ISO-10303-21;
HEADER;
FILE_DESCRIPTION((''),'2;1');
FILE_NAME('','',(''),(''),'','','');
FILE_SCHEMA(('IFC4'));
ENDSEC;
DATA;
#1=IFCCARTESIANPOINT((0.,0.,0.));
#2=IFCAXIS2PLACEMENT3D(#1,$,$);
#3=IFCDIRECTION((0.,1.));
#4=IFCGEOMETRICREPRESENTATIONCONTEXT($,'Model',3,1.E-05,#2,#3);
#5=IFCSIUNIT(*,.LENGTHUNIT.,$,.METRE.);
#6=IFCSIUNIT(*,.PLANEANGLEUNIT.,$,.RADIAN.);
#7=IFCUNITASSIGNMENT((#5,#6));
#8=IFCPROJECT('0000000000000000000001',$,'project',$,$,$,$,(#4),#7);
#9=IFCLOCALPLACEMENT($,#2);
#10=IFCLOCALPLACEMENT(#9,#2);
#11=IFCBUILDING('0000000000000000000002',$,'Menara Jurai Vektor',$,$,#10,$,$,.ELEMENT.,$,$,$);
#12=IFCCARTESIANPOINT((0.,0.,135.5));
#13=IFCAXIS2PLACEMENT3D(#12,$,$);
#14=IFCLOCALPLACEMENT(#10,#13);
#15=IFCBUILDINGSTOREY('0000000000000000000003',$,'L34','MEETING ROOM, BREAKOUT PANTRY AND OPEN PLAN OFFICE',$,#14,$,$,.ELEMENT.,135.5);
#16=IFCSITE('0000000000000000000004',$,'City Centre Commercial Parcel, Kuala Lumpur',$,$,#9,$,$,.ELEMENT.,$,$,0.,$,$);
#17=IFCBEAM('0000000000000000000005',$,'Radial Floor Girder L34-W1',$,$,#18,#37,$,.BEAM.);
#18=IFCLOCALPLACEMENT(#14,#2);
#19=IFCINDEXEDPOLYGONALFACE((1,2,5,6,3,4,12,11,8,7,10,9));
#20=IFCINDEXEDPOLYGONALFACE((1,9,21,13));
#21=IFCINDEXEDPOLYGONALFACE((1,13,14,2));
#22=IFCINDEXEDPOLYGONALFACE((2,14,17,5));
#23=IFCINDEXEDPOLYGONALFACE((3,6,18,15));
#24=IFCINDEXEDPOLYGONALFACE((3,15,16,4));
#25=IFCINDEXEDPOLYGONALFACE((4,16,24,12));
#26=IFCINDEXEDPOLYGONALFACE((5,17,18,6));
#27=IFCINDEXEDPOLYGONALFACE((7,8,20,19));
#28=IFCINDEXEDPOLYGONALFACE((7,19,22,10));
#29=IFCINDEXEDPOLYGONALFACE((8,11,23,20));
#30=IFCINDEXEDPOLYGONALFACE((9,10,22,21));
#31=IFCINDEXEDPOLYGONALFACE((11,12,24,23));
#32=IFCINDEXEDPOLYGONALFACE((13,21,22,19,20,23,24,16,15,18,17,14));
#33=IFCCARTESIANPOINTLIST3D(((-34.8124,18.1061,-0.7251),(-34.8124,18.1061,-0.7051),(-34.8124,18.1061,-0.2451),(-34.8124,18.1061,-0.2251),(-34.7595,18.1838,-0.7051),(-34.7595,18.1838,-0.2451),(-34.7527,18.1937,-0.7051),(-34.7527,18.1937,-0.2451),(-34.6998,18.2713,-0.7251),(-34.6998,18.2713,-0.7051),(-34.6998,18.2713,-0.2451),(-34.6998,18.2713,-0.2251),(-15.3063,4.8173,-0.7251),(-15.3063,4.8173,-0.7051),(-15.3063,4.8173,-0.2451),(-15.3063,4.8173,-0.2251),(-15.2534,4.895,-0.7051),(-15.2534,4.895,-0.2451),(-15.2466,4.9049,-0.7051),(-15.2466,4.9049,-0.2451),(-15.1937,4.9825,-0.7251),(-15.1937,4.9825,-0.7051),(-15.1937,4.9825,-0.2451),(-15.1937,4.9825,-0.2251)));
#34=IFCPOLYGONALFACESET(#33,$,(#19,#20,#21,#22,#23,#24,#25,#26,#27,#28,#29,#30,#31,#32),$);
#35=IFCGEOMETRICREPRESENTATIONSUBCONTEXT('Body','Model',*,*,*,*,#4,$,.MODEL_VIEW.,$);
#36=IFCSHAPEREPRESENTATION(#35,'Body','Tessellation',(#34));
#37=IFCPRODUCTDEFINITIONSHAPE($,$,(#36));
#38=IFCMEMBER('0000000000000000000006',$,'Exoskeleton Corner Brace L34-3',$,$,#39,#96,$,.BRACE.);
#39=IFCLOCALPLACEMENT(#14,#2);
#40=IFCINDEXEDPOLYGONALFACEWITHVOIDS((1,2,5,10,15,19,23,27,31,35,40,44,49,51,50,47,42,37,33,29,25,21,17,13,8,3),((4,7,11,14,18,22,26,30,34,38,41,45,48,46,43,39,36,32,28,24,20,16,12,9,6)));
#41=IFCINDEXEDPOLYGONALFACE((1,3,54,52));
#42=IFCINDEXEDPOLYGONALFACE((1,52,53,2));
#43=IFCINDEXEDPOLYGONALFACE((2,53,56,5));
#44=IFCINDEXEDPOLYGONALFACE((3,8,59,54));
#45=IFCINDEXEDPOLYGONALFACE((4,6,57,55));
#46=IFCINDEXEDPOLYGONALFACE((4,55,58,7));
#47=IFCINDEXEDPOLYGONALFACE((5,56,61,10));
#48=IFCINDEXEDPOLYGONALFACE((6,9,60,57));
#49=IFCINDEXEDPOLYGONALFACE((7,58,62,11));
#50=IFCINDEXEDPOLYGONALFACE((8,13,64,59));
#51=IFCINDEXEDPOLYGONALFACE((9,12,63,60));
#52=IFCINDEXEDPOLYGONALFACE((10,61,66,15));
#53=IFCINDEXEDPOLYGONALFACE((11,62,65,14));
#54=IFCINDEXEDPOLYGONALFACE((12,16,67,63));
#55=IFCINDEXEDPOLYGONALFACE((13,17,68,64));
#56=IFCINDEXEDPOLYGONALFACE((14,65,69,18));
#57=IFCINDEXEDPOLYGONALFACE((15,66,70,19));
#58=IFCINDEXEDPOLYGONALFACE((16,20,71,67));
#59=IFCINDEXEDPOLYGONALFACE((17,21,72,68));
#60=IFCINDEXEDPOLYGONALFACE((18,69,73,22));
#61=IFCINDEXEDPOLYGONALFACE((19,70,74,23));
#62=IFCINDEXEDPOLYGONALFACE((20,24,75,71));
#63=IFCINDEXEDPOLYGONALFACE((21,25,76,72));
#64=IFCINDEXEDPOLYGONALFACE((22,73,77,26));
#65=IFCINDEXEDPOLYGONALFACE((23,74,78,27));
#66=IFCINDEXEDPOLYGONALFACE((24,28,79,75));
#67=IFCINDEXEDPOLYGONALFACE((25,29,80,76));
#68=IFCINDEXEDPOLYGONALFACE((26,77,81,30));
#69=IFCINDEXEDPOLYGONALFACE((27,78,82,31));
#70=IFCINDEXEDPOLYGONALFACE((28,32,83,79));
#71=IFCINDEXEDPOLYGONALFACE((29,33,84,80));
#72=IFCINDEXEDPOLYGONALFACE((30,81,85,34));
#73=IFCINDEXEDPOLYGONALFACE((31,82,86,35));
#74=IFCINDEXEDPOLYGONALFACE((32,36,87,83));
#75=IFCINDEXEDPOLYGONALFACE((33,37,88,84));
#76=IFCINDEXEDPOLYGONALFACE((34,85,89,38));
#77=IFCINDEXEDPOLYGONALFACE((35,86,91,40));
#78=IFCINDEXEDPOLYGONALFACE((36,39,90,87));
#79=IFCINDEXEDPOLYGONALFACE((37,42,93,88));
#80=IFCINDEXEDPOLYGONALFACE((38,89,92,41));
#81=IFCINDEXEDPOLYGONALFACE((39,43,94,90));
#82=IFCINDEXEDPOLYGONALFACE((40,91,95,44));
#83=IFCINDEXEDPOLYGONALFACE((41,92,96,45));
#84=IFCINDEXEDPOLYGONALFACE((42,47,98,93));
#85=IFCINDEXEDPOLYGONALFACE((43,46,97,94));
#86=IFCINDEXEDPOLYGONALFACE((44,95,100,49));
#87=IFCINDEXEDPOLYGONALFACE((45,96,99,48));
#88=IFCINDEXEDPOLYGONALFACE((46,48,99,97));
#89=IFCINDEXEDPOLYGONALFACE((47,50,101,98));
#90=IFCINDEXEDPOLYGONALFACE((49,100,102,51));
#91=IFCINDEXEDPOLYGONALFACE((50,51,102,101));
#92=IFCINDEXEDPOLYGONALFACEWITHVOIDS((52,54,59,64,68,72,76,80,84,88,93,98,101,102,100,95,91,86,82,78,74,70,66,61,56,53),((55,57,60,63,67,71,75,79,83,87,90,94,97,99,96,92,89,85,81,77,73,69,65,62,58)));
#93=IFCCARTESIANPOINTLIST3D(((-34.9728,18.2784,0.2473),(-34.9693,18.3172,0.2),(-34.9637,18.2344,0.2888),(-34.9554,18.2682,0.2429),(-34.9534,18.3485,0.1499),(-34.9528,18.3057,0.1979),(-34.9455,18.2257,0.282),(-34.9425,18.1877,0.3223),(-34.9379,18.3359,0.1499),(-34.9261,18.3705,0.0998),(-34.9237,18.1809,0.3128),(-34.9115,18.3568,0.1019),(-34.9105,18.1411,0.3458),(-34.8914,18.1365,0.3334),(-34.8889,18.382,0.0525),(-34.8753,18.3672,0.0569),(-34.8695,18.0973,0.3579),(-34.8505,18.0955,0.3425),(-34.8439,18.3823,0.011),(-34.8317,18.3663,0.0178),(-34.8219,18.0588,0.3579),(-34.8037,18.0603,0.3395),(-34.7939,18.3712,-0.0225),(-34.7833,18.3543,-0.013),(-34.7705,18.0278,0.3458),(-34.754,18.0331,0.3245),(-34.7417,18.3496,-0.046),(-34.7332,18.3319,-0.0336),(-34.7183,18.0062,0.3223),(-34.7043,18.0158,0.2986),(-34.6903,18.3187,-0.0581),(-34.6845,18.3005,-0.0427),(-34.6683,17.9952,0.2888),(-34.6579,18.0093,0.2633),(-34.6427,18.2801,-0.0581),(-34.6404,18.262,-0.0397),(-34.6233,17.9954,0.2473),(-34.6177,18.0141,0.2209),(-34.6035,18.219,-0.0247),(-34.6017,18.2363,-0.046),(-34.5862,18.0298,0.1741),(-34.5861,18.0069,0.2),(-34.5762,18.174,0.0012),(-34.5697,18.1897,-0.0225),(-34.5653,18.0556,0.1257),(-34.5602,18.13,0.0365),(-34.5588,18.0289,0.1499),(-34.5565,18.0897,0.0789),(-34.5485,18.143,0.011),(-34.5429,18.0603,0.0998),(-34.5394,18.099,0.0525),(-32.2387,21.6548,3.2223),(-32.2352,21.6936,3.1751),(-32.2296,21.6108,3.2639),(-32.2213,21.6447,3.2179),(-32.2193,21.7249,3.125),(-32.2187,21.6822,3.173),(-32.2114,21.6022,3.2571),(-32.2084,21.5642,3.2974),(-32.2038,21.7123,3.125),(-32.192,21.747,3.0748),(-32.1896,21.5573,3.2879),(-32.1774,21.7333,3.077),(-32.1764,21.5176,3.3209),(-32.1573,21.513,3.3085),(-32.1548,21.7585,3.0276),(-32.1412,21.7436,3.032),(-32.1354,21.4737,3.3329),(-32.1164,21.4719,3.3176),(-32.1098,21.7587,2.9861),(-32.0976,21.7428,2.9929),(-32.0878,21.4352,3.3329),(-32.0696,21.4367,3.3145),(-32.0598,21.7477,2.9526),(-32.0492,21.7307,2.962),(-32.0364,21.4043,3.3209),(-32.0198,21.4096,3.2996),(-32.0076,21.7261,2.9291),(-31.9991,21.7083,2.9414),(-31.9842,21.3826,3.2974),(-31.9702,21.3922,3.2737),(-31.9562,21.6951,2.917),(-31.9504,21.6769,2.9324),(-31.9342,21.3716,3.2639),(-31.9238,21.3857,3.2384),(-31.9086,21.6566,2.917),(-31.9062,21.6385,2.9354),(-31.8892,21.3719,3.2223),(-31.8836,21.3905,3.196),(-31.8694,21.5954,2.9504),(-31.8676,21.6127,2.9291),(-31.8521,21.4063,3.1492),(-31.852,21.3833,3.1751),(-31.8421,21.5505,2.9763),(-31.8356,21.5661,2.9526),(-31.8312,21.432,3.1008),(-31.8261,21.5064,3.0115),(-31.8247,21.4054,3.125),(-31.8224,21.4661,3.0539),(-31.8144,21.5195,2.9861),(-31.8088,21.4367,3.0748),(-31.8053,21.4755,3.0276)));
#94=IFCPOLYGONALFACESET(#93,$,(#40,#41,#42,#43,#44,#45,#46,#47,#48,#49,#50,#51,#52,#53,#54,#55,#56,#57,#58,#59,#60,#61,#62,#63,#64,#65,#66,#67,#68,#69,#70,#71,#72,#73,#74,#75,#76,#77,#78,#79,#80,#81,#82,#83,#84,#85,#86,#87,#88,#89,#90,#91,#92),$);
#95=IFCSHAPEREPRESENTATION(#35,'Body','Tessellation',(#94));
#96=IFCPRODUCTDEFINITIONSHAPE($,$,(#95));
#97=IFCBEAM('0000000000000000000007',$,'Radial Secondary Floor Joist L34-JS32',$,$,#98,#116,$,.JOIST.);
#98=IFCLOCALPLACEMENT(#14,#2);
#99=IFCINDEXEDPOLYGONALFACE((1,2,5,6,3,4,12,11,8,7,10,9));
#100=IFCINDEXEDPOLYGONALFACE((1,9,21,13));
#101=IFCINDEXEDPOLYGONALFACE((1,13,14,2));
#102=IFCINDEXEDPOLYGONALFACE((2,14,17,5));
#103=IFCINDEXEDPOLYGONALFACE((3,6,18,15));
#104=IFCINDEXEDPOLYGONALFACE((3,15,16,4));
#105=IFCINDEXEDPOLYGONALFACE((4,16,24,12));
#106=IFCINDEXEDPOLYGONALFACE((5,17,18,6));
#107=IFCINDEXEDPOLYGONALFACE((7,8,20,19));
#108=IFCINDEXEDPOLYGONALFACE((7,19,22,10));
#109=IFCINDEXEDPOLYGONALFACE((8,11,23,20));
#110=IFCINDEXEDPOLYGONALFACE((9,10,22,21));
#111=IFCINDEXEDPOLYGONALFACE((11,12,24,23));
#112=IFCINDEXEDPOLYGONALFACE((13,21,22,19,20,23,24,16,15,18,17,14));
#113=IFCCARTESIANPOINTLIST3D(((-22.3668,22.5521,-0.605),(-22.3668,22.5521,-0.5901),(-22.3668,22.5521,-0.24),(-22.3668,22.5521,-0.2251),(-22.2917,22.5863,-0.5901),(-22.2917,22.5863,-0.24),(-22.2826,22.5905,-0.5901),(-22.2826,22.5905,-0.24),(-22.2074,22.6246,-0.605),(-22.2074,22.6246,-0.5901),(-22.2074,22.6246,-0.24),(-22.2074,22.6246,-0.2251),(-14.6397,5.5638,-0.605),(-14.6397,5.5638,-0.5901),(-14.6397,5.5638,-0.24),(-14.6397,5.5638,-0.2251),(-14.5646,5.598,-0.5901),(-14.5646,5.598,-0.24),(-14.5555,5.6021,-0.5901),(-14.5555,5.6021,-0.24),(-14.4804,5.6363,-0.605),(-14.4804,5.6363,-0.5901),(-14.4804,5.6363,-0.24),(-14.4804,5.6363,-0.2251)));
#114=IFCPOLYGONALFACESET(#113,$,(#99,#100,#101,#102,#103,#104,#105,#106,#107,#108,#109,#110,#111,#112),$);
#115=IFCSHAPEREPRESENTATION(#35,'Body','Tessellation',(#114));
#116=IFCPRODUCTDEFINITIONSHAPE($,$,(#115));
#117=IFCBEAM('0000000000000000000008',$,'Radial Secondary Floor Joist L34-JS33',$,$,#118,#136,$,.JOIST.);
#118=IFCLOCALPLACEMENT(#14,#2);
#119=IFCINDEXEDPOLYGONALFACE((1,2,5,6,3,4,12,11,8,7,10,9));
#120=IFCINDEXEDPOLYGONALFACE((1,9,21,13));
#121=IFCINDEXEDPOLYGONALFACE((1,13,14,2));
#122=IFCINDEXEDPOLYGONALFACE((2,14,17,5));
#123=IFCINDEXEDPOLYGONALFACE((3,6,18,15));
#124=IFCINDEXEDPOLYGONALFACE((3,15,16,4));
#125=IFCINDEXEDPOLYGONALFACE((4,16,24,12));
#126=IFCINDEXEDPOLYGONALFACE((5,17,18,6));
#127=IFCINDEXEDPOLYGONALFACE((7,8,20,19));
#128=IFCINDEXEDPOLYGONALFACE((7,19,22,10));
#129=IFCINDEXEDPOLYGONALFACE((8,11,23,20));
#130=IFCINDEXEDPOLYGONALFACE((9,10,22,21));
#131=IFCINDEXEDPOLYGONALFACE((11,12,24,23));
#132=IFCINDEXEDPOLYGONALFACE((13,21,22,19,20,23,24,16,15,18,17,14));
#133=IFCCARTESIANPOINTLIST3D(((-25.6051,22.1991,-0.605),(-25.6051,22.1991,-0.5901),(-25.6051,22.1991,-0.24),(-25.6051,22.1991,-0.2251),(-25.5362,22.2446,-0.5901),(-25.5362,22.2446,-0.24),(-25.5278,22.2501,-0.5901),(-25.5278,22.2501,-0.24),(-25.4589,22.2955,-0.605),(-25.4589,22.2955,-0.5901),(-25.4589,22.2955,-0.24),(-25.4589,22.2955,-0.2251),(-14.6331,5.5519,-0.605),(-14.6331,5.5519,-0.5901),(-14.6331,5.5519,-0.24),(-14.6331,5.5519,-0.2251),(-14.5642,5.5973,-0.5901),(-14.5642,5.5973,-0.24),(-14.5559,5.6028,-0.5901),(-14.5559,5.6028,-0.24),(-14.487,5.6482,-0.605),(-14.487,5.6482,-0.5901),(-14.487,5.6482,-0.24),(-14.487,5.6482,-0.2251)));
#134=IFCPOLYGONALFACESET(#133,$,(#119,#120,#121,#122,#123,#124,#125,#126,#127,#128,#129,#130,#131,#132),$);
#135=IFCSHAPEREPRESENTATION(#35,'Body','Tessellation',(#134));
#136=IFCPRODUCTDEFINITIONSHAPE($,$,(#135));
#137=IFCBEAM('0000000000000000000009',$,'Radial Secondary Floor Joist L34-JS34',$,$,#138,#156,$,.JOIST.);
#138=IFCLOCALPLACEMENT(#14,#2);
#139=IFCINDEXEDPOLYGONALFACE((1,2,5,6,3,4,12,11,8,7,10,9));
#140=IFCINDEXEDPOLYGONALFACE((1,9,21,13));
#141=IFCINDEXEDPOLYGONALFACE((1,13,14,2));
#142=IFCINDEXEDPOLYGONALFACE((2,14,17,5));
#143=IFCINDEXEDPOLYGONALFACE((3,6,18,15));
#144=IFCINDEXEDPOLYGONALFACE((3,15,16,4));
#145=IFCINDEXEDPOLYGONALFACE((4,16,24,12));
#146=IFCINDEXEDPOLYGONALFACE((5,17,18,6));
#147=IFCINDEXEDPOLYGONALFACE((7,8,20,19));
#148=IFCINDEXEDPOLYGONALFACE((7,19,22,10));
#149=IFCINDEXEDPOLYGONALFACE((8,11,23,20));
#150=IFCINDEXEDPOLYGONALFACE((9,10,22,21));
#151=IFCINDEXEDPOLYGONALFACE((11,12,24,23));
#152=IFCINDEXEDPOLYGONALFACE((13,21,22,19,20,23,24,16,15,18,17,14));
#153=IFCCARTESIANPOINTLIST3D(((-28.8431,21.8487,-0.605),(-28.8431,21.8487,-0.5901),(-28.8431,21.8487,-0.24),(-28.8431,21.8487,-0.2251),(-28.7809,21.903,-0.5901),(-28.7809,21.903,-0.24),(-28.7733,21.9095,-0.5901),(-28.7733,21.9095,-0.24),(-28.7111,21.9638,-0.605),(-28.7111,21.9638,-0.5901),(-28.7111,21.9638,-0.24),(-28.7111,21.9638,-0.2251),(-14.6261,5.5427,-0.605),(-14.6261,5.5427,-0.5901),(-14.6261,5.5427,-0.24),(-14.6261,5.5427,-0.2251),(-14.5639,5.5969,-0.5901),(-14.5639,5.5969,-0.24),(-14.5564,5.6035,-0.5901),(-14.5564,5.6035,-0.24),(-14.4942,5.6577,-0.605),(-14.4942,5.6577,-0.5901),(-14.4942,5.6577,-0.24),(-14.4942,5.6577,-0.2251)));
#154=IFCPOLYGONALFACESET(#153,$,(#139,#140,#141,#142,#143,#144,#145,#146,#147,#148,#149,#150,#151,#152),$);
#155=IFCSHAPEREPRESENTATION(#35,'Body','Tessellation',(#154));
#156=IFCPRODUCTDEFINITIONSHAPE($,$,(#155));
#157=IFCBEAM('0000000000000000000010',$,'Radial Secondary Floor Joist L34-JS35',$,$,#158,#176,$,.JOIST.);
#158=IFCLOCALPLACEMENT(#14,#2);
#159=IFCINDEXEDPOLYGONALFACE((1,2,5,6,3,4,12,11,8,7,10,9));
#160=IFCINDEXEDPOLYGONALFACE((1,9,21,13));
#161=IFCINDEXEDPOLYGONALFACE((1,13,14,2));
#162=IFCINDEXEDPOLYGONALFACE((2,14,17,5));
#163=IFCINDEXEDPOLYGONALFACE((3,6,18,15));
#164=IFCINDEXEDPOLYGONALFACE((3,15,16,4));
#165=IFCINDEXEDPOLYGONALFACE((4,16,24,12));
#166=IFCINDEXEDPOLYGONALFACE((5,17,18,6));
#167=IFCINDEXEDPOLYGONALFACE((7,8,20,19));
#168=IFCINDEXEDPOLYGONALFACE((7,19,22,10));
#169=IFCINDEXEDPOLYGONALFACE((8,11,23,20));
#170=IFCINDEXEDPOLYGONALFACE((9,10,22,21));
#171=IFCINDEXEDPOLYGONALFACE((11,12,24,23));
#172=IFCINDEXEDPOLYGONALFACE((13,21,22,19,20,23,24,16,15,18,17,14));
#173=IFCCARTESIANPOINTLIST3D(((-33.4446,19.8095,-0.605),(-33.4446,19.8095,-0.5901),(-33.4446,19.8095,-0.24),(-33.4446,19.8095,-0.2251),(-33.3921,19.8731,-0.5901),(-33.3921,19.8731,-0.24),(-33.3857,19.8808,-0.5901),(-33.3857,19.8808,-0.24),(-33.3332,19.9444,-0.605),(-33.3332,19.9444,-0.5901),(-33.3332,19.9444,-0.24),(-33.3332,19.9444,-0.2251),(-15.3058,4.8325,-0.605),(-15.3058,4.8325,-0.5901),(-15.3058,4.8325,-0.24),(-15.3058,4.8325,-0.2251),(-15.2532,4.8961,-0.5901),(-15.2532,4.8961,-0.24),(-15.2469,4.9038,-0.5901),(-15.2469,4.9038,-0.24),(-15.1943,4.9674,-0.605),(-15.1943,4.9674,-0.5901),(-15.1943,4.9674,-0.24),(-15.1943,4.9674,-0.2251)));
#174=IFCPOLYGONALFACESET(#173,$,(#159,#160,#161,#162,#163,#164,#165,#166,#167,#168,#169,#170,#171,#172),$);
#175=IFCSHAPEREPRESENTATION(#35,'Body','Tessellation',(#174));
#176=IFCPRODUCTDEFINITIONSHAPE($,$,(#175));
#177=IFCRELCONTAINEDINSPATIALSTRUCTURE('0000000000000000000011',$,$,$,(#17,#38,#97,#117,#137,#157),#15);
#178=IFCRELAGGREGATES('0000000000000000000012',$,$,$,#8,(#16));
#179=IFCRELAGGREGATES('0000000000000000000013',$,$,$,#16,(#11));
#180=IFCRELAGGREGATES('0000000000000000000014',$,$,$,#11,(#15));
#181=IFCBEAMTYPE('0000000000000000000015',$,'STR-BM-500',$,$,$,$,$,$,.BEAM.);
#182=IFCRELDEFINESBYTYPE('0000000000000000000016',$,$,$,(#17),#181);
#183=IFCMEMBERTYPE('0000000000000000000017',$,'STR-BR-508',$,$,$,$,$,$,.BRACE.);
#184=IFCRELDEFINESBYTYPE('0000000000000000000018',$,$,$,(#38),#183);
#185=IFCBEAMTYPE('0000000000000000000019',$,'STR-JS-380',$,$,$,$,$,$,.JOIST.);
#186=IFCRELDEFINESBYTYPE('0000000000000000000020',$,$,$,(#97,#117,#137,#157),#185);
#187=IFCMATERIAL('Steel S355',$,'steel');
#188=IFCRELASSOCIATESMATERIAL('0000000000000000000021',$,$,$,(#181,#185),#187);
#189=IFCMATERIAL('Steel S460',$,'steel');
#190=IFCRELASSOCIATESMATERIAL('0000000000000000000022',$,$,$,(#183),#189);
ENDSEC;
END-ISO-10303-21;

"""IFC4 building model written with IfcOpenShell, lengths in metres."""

from ifc_helpers import new_model, si_unit, direction, frame, origin, origin_2d, place, context, subcontext, project, spatial, hollow_circle, i_section, extrude, material, material_profile, profile_set, type_object, element, save


model = new_model("IFC4")

# Units and contexts
model_context = context("Model", 3, precision=1e-05, world=origin(), true_north=direction((0.0, 1.0)))
body_context = subcontext(model_context, "Body", "Model", "MODEL_VIEW")
ifc_project = project(units=[si_unit("LENGTHUNIT", "METRE"), si_unit("PLANEANGLEUNIT", "RADIAN")], contexts=[model_context])

# Site, building, storey
site_placement = place(None, origin())
site = spatial("IfcSite", under=ifc_project, at=site_placement, Name="City Centre Commercial Parcel, Kuala Lumpur", CompositionType="ELEMENT", RefElevation=0.0)
building_placement = place(site_placement, origin())
building = spatial("IfcBuilding", under=site, at=building_placement, Name="Menara Jurai Vektor", CompositionType="ELEMENT")
storey_placement = place(building_placement, frame((0.0, 0.0, 135.5)))
storey = spatial("IfcBuildingStorey", under=building, at=storey_placement, Name="L34", Description="MEETING ROOM, BREAKOUT PANTRY AND OPEN PLAN OFFICE", CompositionType="ELEMENT", Elevation=135.5)

# Shared definitions
ifc_material_1 = material(Name="Steel S460", Category="steel")

# Beam
ifc_material_2 = material(Name="Steel S355", Category="steel")
ifc_material_profile_1 = material_profile(ifc_material_2, i_section(OverallWidth=0.2, OverallDepth=0.5, WebThickness=0.012, FlangeThickness=0.02, at=origin_2d()), Name="PG 500x200x96")
ifc_profile_set_1 = profile_set([ifc_material_profile_1], Name="Steel S355")
beam_type_1 = type_object("IfcBeamType", Name="STR-BM-500", PredefinedType="BEAM", material=ifc_profile_set_1)
beam_1_placement = place(storey_placement, frame((-34.7561, 18.1887, -0.4751), z_axis=(0.82644, -0.563024, 0.0), x_axis=(0.563024, 0.82644, 0.0)))
element("IfcBeam", 1, at=beam_1_placement, inside=storey, type_object=beam_type_1, Name="Radial Floor Girder L34-W1", PredefinedType="BEAM", context=body_context, shape_type="SweptSolid", body=[
    extrude(i_section(OverallWidth=0.2, OverallDepth=0.5, WebThickness=0.012, FlangeThickness=0.02, at=origin_2d()), origin(), (0.0, 0.0, 1.0), 23.6025),
])

# Member
ifc_material_profile_2 = material_profile(ifc_material_1, hollow_circle(Radius=0.2539, WallThickness=0.02, at=origin_2d()), Name="CHS 508x20")
ifc_profile_set_2 = profile_set([ifc_material_profile_2], Name="Steel S460")
member_type_1 = type_object("IfcMemberType", Name="STR-BR-508", PredefinedType="BRACE", material=ifc_profile_set_2)
member_1_placement = place(storey_placement, frame((-34.7561, 18.1887, 0.1499), z_axis=(0.519238, 0.641223, 0.565), x_axis=(-0.777155, 0.62931, 0.0)))
element("IfcMember", 2, at=member_1_placement, inside=storey, type_object=member_type_1, Name="Exoskeleton Corner Brace L34-3", PredefinedType="BRACE", context=body_context, shape_type="SweptSolid", body=[
    extrude(hollow_circle(Radius=0.2539, WallThickness=0.02, at=origin_2d()), origin(), (0.0, 0.0, 1.0), 5.2656),
])

# Beams
ifc_material_profile_3 = material_profile(ifc_material_2, i_section(OverallWidth=0.175, OverallDepth=0.3799, WebThickness=0.01, FlangeThickness=0.0149, at=origin_2d()), Name="PG 380x175x58")
ifc_profile_set_3 = profile_set([ifc_material_profile_3], Name="Steel S355")
beam_type_2 = type_object("IfcBeamType", Name="STR-JS-380", PredefinedType="JOIST", material=ifc_profile_set_3)
beam_2_placement = place(storey_placement, frame((-22.2871, 22.5884, -0.415), z_axis=(0.41403, -0.910263, 0.0), x_axis=(0.910263, 0.41403, 0.0)))
element("IfcBeam", 3, at=beam_2_placement, inside=storey, type_object=beam_type_2, Name="Radial Secondary Floor Joist L34-JS32", PredefinedType="JOIST", context=body_context, shape_type="SweptSolid", body=[
    extrude(i_section(OverallWidth=0.175, OverallDepth=0.3799, WebThickness=0.01, FlangeThickness=0.0149, at=origin_2d()), origin(), (0.0, 0.0, 1.0), 18.6631),
])
beam_3_placement = place(storey_placement, frame((-25.532, 22.2473, -0.415), z_axis=(0.55031, -0.834961, 0.0), x_axis=(0.834961, 0.55031, 0.0)))
element("IfcBeam", 4, at=beam_3_placement, inside=storey, type_object=beam_type_2, Name="Radial Secondary Floor Joist L34-JS33", PredefinedType="JOIST", context=body_context, shape_type="SweptSolid", body=[
    extrude(i_section(OverallWidth=0.175, OverallDepth=0.3799, WebThickness=0.01, FlangeThickness=0.0149, at=origin_2d()), origin(), (0.0, 0.0, 1.0), 19.9377),
])
beam_4_placement = place(storey_placement, frame((-28.7771, 21.9062, -0.415), z_axis=(0.657173, -0.75374, 0.0), x_axis=(0.75374, 0.657173, 0.0)))
element("IfcBeam", 5, at=beam_4_placement, inside=storey, type_object=beam_type_2, Name="Radial Secondary Floor Joist L34-JS34", PredefinedType="JOIST", context=body_context, shape_type="SweptSolid", body=[
    extrude(i_section(OverallWidth=0.175, OverallDepth=0.3799, WebThickness=0.01, FlangeThickness=0.0149, at=origin_2d()), origin(), (0.0, 0.0, 1.0), 21.6335),
])
beam_5_placement = place(storey_placement, frame((-33.3889, 19.877, -0.415), z_axis=(0.771114, -0.636698, 0.0), x_axis=(0.636698, 0.771114, 0.0)))
element("IfcBeam", 6, at=beam_5_placement, inside=storey, type_object=beam_type_2, Name="Radial Secondary Floor Joist L34-JS35", PredefinedType="JOIST", context=body_context, shape_type="SweptSolid", body=[
    extrude(i_section(OverallWidth=0.175, OverallDepth=0.3799, WebThickness=0.01, FlangeThickness=0.0149, at=origin_2d()), origin(), (0.0, 0.0, 1.0), 23.5229),
])

save(model, "model.ifc")
